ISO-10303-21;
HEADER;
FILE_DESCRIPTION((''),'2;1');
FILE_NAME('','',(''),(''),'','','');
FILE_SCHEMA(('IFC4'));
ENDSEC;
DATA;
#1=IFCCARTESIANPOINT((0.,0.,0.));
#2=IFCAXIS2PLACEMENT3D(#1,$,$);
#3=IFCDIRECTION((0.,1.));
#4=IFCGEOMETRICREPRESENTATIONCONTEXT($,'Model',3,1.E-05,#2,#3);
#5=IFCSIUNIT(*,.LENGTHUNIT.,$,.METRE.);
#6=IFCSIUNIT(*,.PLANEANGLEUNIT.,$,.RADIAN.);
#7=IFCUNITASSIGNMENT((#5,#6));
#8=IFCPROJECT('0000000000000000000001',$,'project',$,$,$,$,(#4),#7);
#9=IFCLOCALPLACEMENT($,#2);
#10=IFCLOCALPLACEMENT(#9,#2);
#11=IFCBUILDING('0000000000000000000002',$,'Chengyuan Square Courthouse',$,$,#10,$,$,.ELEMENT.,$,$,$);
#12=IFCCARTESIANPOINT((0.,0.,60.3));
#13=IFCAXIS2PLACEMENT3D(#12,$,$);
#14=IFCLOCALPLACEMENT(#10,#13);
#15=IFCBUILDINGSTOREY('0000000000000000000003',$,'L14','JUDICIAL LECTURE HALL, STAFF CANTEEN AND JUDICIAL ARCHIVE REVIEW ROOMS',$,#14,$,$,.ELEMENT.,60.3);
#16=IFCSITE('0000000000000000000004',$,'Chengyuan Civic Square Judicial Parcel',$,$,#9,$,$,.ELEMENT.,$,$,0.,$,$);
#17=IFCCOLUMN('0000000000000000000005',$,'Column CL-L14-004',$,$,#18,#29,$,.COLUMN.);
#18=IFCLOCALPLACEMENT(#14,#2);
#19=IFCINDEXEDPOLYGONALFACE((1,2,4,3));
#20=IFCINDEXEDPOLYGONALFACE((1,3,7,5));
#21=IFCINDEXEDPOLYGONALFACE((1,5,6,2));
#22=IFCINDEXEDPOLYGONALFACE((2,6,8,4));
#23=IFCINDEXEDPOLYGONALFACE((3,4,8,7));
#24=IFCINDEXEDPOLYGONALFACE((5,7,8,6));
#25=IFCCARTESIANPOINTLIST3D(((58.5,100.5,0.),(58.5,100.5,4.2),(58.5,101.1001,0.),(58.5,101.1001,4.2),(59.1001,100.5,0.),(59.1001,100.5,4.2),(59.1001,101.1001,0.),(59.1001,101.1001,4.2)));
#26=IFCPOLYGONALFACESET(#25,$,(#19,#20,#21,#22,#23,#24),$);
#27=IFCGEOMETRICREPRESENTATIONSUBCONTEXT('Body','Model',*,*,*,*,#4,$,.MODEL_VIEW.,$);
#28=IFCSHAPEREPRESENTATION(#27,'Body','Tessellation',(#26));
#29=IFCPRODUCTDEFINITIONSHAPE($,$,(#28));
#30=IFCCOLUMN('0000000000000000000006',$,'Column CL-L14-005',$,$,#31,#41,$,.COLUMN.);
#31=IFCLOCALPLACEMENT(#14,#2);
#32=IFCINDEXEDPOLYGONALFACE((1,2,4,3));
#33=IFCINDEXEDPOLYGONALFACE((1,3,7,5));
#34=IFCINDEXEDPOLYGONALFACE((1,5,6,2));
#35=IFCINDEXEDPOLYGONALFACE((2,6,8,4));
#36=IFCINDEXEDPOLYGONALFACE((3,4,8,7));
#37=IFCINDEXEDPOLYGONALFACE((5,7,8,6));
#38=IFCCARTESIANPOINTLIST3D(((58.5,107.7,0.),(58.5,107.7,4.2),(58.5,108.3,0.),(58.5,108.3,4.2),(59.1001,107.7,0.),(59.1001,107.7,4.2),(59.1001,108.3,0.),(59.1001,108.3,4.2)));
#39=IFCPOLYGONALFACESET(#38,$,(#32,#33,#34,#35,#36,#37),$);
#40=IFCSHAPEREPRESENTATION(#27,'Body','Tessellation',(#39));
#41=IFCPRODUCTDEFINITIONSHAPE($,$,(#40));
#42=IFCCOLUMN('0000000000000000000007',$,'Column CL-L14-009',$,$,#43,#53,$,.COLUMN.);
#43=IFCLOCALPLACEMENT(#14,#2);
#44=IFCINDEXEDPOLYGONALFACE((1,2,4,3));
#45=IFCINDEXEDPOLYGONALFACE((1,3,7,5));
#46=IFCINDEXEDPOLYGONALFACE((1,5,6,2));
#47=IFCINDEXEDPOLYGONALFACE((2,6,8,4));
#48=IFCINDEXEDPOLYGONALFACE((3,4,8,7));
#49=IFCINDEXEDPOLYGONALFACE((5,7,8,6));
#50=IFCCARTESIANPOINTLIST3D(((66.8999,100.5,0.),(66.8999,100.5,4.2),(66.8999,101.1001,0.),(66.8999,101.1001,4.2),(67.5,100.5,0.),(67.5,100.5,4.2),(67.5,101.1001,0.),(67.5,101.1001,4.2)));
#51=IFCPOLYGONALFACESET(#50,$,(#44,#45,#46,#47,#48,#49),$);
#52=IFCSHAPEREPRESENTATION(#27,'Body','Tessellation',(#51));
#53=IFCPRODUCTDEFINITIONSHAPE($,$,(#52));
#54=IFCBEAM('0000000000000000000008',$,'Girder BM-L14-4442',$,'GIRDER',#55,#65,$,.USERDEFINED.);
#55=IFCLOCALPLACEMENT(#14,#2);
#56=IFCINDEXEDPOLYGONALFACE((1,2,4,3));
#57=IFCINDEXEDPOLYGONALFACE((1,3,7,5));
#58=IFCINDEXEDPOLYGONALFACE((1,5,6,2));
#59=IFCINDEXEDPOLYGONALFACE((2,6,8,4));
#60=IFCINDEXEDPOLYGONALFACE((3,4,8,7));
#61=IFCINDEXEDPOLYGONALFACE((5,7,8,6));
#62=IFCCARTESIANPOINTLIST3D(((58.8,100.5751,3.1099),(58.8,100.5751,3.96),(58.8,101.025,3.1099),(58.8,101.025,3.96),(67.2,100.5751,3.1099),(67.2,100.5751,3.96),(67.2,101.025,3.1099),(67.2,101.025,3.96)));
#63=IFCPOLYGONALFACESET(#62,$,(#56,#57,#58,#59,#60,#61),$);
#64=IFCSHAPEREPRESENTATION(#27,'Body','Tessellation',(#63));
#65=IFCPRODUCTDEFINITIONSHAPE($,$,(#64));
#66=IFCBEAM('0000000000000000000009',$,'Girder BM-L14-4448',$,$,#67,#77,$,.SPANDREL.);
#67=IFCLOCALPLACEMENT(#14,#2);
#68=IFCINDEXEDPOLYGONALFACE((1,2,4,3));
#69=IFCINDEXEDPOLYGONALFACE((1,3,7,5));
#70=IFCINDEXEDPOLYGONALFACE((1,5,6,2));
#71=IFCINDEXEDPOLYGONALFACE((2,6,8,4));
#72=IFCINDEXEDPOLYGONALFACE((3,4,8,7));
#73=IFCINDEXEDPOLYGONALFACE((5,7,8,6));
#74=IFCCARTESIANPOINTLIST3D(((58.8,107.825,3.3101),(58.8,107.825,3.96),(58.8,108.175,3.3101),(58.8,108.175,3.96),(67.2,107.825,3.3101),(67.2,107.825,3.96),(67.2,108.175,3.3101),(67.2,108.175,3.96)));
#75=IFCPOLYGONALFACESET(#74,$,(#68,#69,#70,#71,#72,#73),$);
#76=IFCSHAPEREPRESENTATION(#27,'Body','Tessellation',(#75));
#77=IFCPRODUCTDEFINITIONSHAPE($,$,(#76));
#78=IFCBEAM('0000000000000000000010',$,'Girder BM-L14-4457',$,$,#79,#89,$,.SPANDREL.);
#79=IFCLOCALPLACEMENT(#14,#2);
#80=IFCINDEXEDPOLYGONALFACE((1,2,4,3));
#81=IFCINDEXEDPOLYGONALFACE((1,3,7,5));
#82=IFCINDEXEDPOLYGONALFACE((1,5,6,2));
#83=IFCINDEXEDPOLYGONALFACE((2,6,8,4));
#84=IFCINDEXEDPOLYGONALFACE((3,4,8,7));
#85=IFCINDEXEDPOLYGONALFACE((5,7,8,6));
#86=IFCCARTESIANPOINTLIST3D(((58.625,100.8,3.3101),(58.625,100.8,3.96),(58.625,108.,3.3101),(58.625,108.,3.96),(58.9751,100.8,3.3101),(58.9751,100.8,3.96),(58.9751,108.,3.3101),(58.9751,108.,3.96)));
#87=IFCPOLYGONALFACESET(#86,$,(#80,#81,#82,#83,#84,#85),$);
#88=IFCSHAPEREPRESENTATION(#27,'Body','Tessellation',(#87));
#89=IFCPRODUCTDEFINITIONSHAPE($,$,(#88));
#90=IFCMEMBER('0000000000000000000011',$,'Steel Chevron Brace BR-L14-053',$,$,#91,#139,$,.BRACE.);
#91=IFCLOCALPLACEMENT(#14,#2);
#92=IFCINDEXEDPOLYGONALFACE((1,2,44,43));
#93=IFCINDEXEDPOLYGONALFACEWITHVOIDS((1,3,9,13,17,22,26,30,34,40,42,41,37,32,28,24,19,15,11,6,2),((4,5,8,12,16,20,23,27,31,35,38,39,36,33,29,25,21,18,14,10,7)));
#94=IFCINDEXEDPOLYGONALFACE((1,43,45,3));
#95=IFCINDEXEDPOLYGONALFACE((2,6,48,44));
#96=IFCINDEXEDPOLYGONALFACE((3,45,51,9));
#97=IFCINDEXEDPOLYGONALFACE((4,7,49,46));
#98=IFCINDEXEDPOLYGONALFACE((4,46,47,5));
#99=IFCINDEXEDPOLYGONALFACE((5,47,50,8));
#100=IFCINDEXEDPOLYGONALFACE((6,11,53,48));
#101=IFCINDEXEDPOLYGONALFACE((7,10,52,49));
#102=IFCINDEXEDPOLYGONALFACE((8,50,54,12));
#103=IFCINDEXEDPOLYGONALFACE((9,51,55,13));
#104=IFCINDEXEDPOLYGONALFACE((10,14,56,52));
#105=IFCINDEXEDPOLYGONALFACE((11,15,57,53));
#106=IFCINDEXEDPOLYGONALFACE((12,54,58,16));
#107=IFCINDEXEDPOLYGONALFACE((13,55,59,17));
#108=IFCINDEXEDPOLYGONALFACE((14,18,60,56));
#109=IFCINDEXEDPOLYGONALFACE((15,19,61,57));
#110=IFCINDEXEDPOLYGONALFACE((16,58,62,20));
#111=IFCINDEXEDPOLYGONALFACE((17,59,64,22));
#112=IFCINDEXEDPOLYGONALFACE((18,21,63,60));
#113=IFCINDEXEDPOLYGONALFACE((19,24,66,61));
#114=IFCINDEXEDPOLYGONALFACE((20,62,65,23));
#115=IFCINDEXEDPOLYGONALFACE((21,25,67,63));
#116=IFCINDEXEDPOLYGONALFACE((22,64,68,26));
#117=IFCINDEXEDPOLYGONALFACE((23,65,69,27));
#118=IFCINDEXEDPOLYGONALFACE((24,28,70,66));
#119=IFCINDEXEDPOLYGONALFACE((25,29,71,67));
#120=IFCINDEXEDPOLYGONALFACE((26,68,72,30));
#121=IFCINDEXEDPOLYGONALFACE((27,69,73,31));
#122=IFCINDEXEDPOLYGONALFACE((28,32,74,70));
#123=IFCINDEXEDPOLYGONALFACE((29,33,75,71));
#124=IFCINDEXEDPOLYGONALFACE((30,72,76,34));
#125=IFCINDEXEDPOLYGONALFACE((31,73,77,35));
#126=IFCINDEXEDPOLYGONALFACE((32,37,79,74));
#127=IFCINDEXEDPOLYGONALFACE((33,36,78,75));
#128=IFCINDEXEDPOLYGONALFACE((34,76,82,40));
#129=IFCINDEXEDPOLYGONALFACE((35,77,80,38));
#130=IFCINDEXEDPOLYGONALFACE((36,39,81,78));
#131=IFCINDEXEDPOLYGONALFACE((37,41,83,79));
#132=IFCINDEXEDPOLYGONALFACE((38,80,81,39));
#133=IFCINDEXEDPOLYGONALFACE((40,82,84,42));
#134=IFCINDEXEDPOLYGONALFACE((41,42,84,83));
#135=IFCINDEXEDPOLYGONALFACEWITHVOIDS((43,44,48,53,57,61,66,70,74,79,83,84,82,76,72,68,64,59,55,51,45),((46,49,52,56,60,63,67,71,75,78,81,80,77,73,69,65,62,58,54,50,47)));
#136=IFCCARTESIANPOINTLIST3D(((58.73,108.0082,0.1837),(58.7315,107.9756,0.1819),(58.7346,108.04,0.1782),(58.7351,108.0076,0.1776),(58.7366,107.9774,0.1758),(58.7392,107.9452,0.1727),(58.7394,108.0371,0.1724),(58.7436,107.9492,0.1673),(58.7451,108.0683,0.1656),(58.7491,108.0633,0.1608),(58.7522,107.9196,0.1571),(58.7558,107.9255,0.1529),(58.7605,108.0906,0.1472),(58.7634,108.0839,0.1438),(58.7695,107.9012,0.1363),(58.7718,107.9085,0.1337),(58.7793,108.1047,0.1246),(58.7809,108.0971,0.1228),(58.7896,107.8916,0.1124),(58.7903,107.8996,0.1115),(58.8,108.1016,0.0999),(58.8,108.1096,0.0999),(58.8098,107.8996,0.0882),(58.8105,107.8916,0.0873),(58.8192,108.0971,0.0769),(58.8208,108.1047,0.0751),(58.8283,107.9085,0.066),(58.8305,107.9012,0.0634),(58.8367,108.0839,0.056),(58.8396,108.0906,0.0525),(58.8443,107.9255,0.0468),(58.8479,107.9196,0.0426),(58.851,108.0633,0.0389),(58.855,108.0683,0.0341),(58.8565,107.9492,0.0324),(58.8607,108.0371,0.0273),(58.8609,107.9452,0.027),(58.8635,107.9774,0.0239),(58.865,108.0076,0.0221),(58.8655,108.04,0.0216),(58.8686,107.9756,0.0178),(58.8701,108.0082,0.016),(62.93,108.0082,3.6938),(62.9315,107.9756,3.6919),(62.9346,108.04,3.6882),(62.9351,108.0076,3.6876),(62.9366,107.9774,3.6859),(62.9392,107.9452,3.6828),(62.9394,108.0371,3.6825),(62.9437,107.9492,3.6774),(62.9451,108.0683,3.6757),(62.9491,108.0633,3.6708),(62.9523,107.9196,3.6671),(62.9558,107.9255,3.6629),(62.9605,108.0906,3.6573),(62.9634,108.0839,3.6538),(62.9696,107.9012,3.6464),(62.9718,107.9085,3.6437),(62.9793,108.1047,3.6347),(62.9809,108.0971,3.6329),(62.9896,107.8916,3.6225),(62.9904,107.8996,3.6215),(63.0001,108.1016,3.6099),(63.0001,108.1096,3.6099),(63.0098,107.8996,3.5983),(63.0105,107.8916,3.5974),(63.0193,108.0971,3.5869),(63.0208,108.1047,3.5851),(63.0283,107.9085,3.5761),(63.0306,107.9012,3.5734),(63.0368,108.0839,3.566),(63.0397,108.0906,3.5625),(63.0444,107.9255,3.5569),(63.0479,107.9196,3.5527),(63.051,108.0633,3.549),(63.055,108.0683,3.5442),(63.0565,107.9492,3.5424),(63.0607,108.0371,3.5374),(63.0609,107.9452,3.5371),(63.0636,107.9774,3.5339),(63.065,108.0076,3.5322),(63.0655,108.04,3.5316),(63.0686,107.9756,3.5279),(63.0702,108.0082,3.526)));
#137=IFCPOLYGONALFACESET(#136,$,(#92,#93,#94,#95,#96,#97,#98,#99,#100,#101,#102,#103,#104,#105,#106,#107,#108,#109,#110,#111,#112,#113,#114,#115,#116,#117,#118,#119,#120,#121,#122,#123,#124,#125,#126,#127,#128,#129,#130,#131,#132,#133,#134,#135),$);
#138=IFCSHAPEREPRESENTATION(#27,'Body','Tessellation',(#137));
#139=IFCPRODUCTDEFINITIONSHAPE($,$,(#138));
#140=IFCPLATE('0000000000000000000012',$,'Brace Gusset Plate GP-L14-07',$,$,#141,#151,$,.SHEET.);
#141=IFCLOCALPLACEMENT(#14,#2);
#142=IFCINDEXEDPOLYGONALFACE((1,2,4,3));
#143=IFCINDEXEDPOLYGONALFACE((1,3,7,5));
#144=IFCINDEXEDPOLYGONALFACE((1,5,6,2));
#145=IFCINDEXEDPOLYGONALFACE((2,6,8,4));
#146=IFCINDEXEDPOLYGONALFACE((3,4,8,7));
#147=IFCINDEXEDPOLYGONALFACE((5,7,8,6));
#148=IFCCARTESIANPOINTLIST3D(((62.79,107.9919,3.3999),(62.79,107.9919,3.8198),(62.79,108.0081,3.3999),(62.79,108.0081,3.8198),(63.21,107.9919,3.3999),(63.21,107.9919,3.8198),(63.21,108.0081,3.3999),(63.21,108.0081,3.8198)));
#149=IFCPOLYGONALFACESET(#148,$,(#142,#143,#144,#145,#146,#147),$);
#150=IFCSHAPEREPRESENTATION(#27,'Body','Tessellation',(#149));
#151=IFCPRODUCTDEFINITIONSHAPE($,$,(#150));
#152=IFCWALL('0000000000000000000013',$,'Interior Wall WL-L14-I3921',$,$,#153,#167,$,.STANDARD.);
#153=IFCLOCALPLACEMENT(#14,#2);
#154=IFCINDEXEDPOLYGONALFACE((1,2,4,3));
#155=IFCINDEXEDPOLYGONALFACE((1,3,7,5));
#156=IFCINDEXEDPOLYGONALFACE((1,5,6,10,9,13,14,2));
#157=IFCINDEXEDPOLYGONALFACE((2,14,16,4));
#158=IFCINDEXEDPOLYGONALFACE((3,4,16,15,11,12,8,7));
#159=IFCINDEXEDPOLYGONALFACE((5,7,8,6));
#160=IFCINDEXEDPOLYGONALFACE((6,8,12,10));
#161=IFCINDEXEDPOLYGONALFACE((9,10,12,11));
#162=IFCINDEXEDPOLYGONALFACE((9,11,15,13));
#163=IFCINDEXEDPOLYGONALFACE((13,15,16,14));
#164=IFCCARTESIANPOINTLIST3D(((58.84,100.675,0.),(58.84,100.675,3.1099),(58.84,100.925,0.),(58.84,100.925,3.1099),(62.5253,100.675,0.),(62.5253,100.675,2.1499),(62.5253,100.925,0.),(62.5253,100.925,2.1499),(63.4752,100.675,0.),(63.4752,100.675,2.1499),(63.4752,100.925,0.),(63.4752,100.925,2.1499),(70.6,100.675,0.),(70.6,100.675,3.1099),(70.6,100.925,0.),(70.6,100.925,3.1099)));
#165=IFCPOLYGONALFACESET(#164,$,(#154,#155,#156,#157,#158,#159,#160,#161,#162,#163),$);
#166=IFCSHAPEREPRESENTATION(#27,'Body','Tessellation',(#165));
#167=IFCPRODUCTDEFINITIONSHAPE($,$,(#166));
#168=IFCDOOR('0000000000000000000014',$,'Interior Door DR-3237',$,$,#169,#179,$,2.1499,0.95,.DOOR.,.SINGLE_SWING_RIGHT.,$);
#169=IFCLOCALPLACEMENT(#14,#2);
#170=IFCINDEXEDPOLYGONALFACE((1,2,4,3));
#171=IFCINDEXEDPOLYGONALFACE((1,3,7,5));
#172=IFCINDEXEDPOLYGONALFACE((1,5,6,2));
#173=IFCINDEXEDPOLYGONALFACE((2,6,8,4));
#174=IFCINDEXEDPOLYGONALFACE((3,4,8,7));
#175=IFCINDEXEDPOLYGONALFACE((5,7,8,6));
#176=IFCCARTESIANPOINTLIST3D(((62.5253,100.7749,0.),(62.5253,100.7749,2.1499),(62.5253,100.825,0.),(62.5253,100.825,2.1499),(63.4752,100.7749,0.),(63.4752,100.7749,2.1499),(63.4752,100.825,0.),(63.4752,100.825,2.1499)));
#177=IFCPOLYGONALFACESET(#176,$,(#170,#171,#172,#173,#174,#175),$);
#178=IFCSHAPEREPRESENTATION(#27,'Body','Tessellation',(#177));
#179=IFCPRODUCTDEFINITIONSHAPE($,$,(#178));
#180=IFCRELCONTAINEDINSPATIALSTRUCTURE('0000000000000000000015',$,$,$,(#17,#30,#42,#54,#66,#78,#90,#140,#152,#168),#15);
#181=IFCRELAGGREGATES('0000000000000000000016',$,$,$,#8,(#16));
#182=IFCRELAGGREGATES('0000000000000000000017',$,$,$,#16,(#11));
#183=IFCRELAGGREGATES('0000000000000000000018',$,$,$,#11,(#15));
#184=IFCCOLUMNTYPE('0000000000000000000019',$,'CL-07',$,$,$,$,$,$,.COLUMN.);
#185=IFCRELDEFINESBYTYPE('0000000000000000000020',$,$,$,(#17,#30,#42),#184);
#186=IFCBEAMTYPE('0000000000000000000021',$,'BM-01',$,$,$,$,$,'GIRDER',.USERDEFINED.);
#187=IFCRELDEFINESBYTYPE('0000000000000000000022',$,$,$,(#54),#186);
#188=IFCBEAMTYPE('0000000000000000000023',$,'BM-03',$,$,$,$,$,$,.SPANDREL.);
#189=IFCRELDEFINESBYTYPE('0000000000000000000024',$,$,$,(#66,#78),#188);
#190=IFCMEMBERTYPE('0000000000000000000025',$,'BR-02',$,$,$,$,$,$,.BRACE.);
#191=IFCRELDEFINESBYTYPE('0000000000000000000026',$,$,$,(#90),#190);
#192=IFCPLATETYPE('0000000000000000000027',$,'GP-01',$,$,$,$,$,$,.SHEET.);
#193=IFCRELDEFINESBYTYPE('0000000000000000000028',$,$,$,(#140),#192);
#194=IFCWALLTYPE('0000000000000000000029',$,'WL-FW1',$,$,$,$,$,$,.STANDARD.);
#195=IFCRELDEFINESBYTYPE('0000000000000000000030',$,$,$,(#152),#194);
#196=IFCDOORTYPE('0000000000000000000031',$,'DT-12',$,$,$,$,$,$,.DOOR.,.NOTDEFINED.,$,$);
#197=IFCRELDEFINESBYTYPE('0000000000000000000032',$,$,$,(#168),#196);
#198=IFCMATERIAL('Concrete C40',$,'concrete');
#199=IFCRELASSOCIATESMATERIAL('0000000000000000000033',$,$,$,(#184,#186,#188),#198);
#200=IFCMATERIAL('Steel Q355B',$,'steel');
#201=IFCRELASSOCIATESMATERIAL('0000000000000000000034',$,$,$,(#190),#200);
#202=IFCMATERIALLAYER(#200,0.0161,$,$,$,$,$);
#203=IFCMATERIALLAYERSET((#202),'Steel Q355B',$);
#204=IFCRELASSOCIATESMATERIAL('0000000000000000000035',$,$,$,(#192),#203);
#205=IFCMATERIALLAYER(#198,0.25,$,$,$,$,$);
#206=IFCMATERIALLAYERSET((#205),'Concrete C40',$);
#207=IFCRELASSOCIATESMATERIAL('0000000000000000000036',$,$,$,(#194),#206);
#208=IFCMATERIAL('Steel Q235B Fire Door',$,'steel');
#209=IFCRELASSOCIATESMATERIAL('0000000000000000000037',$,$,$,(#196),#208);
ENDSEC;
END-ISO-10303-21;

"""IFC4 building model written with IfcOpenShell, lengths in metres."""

from ifc_helpers import new_model, si_unit, direction, frame, frame_2d, origin, origin_2d, place, context, subcontext, project, spatial, rectangle, hollow_circle, extrude, material, layer, layer_set, material_profile, profile_set, type_object, element, fill, save


model = new_model("IFC4")

# Units and contexts
model_context = context("Model", 3, precision=1e-05, world=origin(), true_north=direction((0.0, 1.0)))
body_context = subcontext(model_context, "Body", "Model", "MODEL_VIEW")
ifc_project = project(units=[si_unit("LENGTHUNIT", "METRE"), si_unit("PLANEANGLEUNIT", "RADIAN")], contexts=[model_context])

# Site, building, storey
site_placement = place(None, origin())
site = spatial("IfcSite", under=ifc_project, at=site_placement, Name="Chengyuan Civic Square Judicial Parcel", CompositionType="ELEMENT", RefElevation=0.0)
building_placement = place(site_placement, origin())
building = spatial("IfcBuilding", under=site, at=building_placement, Name="Chengyuan Square Courthouse", CompositionType="ELEMENT")
storey_placement = place(building_placement, frame((0.0, 0.0, 60.3)))
storey = spatial("IfcBuildingStorey", under=building, at=storey_placement, Name="L14", Description="JUDICIAL LECTURE HALL, STAFF CANTEEN AND JUDICIAL ARCHIVE REVIEW ROOMS", CompositionType="ELEMENT", Elevation=60.3)

# Columns
ifc_material_1 = material(Name="Concrete C40", Category="concrete")
ifc_material_profile_1 = material_profile(ifc_material_1, rectangle(XDim=0.6001, YDim=0.6001, at=origin_2d()), Name="RC-COL-600x600")
ifc_profile_set_1 = profile_set([ifc_material_profile_1], Name="Concrete C40")
column_type = type_object("IfcColumnType", Name="CL-07", PredefinedType="COLUMN", material=ifc_profile_set_1)
for number, where, z_axis, x_axis, name in (
    (1, (58.8, 100.8, 0.0), (0.0, 0.0, 1.0), (1.0, 0.0, 0.0), "Column CL-L14-004"),
    (2, (58.8, 108.0, 0.0), (0.0, 0.0, 1.0), (1.0, 0.0, 0.0), "Column CL-L14-005"),
    (3, (67.2, 100.8, 0.0), (0.0, 0.0, 1.0), (1.0, 0.0, 0.0), "Column CL-L14-009"),
):
    element("IfcColumn", number, at=place(storey_placement, frame(where, z_axis=z_axis, x_axis=x_axis)), inside=storey, type_object=column_type, Name=name, PredefinedType="COLUMN", context=body_context, shape_type="SweptSolid", body=[
        extrude(rectangle(XDim=0.6001, YDim=0.6001, at=origin_2d()), origin(), (0.0, 0.0, 1.0), 4.2),
    ])

# Beams
ifc_material_profile_2 = material_profile(ifc_material_1, rectangle(XDim=0.45, YDim=0.8501, at=origin_2d()), Name="RC-BM-450x850")
ifc_profile_set_2 = profile_set([ifc_material_profile_2], Name="Concrete C40")
beam_type_1 = type_object("IfcBeamType", Name="BM-01", ElementType="GIRDER", PredefinedType="USERDEFINED", material=ifc_profile_set_2)
beam_1_placement = place(storey_placement, frame((58.8, 100.8, 3.5349), z_axis=(1.0, 0.0, 0.0), x_axis=(0.0, 1.0, 0.0)))
element("IfcBeam", 4, at=beam_1_placement, inside=storey, type_object=beam_type_1, Name="Girder BM-L14-4442", ObjectType="GIRDER", PredefinedType="USERDEFINED", context=body_context, shape_type="SweptSolid", body=[
    extrude(rectangle(XDim=0.45, YDim=0.8501, at=origin_2d()), origin(), (0.0, 0.0, 1.0), 8.3999),
])
ifc_material_profile_3 = material_profile(ifc_material_1, rectangle(XDim=0.3501, YDim=0.6499, at=origin_2d()), Name="RC-BM-350x650")
ifc_profile_set_3 = profile_set([ifc_material_profile_3], Name="Concrete C40")
beam_type_2 = type_object("IfcBeamType", Name="BM-03", PredefinedType="SPANDREL", material=ifc_profile_set_3)
beam_2_placement = place(storey_placement, frame((58.8, 108.0, 3.635), z_axis=(1.0, 0.0, 0.0), x_axis=(0.0, 1.0, 0.0)))
element("IfcBeam", 5, at=beam_2_placement, inside=storey, type_object=beam_type_2, Name="Girder BM-L14-4448", PredefinedType="SPANDREL", context=body_context, shape_type="SweptSolid", body=[
    extrude(rectangle(XDim=0.3501, YDim=0.6499, at=origin_2d()), origin(), (0.0, 0.0, 1.0), 8.3999),
])
beam_3_placement = place(storey_placement, frame((58.8, 100.8, 3.635), z_axis=(0.0, 1.0, 0.0), x_axis=(-1.0, 0.0, 0.0)))
element("IfcBeam", 6, at=beam_3_placement, inside=storey, type_object=beam_type_2, Name="Girder BM-L14-4457", PredefinedType="SPANDREL", context=body_context, shape_type="SweptSolid", body=[
    extrude(rectangle(XDim=0.3501, YDim=0.6499, at=origin_2d()), origin(), (0.0, 0.0, 1.0), 7.2),
])

# Member
ifc_material_2 = material(Name="Steel Q355B", Category="steel")
ifc_material_profile_4 = material_profile(ifc_material_2, hollow_circle(Radius=0.1096, WallThickness=0.0081, at=origin_2d()), Name="CHS 219x8")
ifc_profile_set_4 = profile_set([ifc_material_profile_4], Name="Steel Q355B")
member_type = type_object("IfcMemberType", Name="BR-02", PredefinedType="BRACE", material=ifc_profile_set_4)
member_placement = place(storey_placement, frame((58.8, 108.0, 0.0999), z_axis=(0.767317, 0.0, 0.641267), x_axis=(0.0, 1.0, 0.0)))
element("IfcMember", 7, at=member_placement, inside=storey, type_object=member_type, Name="Steel Chevron Brace BR-L14-053", PredefinedType="BRACE", context=body_context, shape_type="SweptSolid", body=[
    extrude(hollow_circle(Radius=0.1096, WallThickness=0.0081, at=origin_2d()), origin(), (0.0, 0.0, 1.0), 5.4736),
])

# Plate
ifc_layer_1 = layer(ifc_material_2, 0.0161)
ifc_layer_set_1 = layer_set([ifc_layer_1], Name="Steel Q355B")
plate_type = type_object("IfcPlateType", Name="GP-01", PredefinedType="SHEET", material=ifc_layer_set_1)
plate_placement = place(storey_placement, frame((63.0, 108.0, 3.3999), z_axis=(0.0, 0.0, 1.0), x_axis=(1.0, 0.0, 0.0)))
element("IfcPlate", 8, at=plate_placement, inside=storey, type_object=plate_type, Name="Brace Gusset Plate GP-L14-07", PredefinedType="SHEET", context=body_context, shape_type="SweptSolid", body=[
    extrude(rectangle(XDim=0.4199, YDim=0.0161, at=origin_2d()), origin(), (0.0, 0.0, 1.0), 0.4199),
])

# Wall, opening, door
ifc_layer_2 = layer(ifc_material_1, 0.25)
ifc_layer_set_2 = layer_set([ifc_layer_2], Name="Concrete C40")
wall_type_1 = type_object("IfcWallType", Name="WL-FW1", PredefinedType="STANDARD", material=ifc_layer_set_2)
wall_1_placement = place(storey_placement, frame((58.8401, 100.8, 0.0), z_axis=(0.0, 0.0, 1.0), x_axis=(1.0, 0.0, 0.0)))
wall_1 = element("IfcWall", 9, at=wall_1_placement, inside=storey, type_object=wall_type_1, Name="Interior Wall WL-L14-I3921", PredefinedType="STANDARD", context=body_context, shape_type="SweptSolid", body=[
    extrude(rectangle(XDim=11.76, YDim=0.25, at=frame_2d((5.8799, 0.0))), origin(), (0.0, 0.0, 1.0), 3.1099),
])
opening_1_placement = place(wall_1_placement, frame((3.6851, 0.0, 0.0)))
opening_1 = element("IfcOpeningElement", 10, at=opening_1_placement, cuts=wall_1, PredefinedType="OPENING", context=body_context, shape_type="SweptSolid", body=[
    extrude(rectangle(XDim=0.95, YDim=2.1499, at=frame_2d((0.4751, 1.075))), frame((0.0, 0.137, 0.0), z_axis=(0.0, -1.0, 0.0), x_axis=(1.0, 0.0, 0.0)), (0.0, 0.0, 1.0), 0.2739),
])
ifc_material_3 = material(Name="Steel Q235B Fire Door", Category="steel")
door_type_1 = type_object("IfcDoorType", Name="DT-12", OperationType="NOTDEFINED", PredefinedType="DOOR", material=ifc_material_3)
door_1_placement = place(opening_1_placement, origin())
door_1 = element("IfcDoor", 11, at=door_1_placement, inside=storey, type_object=door_type_1, Name="Interior Door DR-3237", OperationType="SINGLE_SWING_RIGHT", OverallHeight=2.1499, OverallWidth=0.95, PredefinedType="DOOR", context=body_context, shape_type="SweptSolid", body=[
    extrude(rectangle(XDim=0.95, YDim=2.1499, at=frame_2d((0.4751, 1.075))), frame((0.0, 0.0249, 0.0), z_axis=(0.0, -1.0, 0.0), x_axis=(1.0, 0.0, 0.0)), (0.0, 0.0, 1.0), 0.05),
])
fill(opening_1, door_1)

save(model, "model.ifc")
